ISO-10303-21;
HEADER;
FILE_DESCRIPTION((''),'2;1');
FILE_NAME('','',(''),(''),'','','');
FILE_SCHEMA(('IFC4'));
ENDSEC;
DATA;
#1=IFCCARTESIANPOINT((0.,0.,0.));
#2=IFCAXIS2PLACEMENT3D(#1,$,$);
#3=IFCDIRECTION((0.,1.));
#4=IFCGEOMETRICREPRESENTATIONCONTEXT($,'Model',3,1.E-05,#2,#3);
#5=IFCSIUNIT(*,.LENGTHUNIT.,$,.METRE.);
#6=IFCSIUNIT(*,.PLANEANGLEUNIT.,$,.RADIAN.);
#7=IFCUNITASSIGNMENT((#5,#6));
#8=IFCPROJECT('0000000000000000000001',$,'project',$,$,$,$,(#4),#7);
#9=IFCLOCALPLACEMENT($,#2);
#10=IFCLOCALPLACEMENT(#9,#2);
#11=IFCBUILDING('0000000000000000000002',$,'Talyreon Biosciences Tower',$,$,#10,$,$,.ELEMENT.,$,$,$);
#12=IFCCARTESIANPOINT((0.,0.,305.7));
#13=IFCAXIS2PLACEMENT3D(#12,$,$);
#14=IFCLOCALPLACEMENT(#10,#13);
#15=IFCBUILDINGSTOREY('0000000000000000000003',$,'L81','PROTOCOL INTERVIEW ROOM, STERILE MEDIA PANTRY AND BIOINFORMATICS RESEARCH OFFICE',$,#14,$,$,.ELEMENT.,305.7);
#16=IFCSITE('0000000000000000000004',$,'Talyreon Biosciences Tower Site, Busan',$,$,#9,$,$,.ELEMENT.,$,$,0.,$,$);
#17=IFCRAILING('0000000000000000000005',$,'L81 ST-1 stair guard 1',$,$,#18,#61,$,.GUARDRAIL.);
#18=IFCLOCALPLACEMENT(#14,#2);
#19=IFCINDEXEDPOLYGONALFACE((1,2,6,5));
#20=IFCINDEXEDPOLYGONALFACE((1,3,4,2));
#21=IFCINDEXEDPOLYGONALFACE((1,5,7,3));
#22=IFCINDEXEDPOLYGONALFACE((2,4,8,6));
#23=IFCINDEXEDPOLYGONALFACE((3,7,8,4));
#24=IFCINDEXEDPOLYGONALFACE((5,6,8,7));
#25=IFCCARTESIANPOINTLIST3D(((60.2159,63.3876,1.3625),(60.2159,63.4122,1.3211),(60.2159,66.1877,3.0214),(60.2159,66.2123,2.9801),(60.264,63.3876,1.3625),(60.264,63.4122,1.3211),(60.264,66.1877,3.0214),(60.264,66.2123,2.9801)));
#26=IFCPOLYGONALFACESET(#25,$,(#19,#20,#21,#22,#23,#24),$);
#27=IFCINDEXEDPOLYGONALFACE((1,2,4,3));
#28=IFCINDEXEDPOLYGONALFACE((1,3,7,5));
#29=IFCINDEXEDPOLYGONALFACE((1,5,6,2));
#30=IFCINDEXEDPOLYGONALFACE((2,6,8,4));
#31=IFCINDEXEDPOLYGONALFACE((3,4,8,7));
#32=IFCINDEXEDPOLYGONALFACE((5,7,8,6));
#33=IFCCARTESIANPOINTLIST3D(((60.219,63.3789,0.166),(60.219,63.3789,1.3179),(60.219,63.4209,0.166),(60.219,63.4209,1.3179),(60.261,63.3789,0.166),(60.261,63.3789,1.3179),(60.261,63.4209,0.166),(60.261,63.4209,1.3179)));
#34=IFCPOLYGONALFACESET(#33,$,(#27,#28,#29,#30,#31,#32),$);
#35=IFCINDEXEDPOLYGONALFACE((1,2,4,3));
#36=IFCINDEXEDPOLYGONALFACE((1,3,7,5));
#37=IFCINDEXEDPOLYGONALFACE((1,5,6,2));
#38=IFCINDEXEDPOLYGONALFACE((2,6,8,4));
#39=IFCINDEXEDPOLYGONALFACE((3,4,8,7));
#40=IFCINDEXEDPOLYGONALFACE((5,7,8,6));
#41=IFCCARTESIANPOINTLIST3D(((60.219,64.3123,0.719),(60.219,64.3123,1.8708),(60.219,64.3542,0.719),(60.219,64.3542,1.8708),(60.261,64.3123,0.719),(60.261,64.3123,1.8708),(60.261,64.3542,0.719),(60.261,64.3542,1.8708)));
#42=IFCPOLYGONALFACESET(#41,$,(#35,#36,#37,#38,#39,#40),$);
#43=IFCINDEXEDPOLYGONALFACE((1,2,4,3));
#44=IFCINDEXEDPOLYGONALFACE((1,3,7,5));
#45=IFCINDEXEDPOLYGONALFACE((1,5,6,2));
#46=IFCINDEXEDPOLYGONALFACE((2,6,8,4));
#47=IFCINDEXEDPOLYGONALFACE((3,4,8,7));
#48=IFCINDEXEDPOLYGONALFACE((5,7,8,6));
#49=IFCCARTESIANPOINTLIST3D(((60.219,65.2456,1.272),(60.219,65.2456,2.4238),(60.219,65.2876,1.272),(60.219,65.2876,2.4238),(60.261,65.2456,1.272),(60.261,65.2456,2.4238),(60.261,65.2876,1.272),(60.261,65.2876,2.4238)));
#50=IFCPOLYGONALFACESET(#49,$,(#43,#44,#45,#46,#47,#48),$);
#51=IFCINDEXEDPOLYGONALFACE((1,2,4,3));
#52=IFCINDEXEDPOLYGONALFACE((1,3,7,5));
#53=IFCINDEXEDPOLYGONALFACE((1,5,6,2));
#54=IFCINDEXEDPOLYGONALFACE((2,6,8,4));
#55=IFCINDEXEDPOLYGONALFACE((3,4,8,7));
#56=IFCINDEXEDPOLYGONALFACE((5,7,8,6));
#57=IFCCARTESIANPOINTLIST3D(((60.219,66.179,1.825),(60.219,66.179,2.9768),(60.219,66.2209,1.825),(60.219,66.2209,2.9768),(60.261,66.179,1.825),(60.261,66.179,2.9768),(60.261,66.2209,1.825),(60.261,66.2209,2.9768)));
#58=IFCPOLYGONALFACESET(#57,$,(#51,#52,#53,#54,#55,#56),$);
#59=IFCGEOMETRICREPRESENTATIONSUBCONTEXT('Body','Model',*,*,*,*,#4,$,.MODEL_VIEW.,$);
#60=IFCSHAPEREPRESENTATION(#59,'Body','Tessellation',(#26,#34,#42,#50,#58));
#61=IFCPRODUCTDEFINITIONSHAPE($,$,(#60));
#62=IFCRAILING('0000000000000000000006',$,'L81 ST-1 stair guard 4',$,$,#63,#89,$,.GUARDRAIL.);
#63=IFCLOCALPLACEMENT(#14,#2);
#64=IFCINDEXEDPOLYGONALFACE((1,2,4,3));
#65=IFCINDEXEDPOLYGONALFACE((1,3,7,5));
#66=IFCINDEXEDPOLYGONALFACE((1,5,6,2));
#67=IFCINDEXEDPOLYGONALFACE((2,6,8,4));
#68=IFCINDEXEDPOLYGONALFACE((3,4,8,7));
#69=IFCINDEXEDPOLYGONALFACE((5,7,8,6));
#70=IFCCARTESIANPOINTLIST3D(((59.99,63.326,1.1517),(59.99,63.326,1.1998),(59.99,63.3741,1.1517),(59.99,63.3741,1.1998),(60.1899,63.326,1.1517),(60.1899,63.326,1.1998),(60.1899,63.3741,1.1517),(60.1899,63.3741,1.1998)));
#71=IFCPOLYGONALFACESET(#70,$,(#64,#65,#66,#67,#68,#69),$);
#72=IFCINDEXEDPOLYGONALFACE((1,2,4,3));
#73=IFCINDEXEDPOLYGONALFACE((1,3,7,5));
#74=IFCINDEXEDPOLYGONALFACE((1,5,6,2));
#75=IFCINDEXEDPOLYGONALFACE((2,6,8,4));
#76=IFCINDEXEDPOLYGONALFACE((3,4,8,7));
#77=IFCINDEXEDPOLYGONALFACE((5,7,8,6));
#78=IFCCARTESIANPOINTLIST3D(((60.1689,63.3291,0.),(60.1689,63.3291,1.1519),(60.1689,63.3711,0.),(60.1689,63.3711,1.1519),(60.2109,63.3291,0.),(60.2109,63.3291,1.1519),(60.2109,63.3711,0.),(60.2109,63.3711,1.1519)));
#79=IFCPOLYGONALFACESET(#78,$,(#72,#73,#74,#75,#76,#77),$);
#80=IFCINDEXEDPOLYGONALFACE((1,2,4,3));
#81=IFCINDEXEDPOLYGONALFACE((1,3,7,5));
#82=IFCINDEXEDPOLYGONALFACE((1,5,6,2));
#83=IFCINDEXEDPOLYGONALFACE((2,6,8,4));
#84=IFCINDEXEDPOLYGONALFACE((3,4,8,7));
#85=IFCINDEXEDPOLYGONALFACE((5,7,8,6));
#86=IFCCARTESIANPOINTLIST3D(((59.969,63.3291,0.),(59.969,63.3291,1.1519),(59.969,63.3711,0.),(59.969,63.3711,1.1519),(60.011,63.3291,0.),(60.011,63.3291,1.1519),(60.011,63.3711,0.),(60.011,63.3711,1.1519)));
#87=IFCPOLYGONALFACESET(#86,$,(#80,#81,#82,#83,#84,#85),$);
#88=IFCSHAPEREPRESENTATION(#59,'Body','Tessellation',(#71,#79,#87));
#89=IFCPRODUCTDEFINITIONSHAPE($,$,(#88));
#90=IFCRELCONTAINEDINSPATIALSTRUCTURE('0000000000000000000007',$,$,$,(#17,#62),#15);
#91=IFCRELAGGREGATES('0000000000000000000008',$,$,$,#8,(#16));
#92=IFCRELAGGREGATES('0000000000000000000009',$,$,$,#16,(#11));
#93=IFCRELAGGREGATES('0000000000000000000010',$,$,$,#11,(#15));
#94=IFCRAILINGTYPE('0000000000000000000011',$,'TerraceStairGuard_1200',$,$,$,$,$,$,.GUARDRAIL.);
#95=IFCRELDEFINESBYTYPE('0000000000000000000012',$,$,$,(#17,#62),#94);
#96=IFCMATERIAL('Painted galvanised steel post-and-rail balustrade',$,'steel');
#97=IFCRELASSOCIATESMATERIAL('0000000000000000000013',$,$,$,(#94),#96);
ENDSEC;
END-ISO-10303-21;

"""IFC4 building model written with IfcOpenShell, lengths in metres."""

from ifc_helpers import new_model, si_unit, direction, frame, origin, origin_2d, place, context, subcontext, project, spatial, rectangle, extrude, material, type_object, element, save


model = new_model("IFC4")

# Units and contexts
model_context = context("Model", 3, precision=1e-05, world=origin(), true_north=direction((0.0, 1.0)))
body_context = subcontext(model_context, "Body", "Model", "MODEL_VIEW")
ifc_project = project(units=[si_unit("LENGTHUNIT", "METRE"), si_unit("PLANEANGLEUNIT", "RADIAN")], contexts=[model_context])

# Site, building, storey
site_placement = place(None, origin())
site = spatial("IfcSite", under=ifc_project, at=site_placement, Name="Talyreon Biosciences Tower Site, Busan", CompositionType="ELEMENT", RefElevation=0.0)
building_placement = place(site_placement, origin())
building = spatial("IfcBuilding", under=site, at=building_placement, Name="Talyreon Biosciences Tower", CompositionType="ELEMENT")
storey_placement = place(building_placement, frame((0.0, 0.0, 305.7)))
storey = spatial("IfcBuildingStorey", under=building, at=storey_placement, Name="L81", Description="PROTOCOL INTERVIEW ROOM, STERILE MEDIA PANTRY AND BIOINFORMATICS RESEARCH OFFICE", CompositionType="ELEMENT", Elevation=305.7)

# Railings
ifc_material_1 = material(Name="Painted galvanised steel post-and-rail balustrade", Category="steel")
railing_type_1 = type_object("IfcRailingType", Name="TerraceStairGuard_1200", PredefinedType="GUARDRAIL", material=ifc_material_1)
railing_1_placement = place(storey_placement, frame((60.24, 63.3999, 0.166)))
element("IfcRailing", 1, at=railing_1_placement, inside=storey, type_object=railing_type_1, Name="L81 ST-1 stair guard 1", PredefinedType="GUARDRAIL", context=body_context, shape_type="SweptSolid", body=[
    extrude(rectangle(XDim=0.0481, YDim=0.0481, at=origin_2d()), frame((0.0, 0.0, 1.1758), z_axis=(0.0, 0.860339, 0.509722), x_axis=(-1.0, 0.0, 0.0)), (0.0, 0.0, 1.0), 3.2546),
    extrude(rectangle(XDim=0.042, YDim=0.042, at=origin_2d()), origin(), (0.0, 0.0, 1.0), 1.1519),
    extrude(rectangle(XDim=0.042, YDim=0.042, at=origin_2d()), frame((0.0, 0.9333, 0.553)), (0.0, 0.0, 1.0), 1.1519),
    extrude(rectangle(XDim=0.042, YDim=0.042, at=origin_2d()), frame((0.0, 1.8667, 1.106)), (0.0, 0.0, 1.0), 1.1519),
    extrude(rectangle(XDim=0.042, YDim=0.042, at=origin_2d()), frame((0.0, 2.8, 1.6589)), (0.0, 0.0, 1.0), 1.1519),
])
railing_2_placement = place(storey_placement, frame((60.1899, 63.3501, 0.0)))
element("IfcRailing", 2, at=railing_2_placement, inside=storey, type_object=railing_type_1, Name="L81 ST-1 stair guard 4", PredefinedType="GUARDRAIL", context=body_context, shape_type="SweptSolid", body=[
    extrude(rectangle(XDim=0.0481, YDim=0.0481, at=origin_2d()), frame((0.0, 0.0, 1.1758), z_axis=(-1.0, 0.0, 0.0), x_axis=(0.0, -1.0, 0.0)), (0.0, 0.0, 1.0), 0.2),
    extrude(rectangle(XDim=0.042, YDim=0.042, at=origin_2d()), origin(), (0.0, 0.0, 1.0), 1.1519),
    extrude(rectangle(XDim=0.042, YDim=0.042, at=origin_2d()), frame((-0.2, 0.0, 0.0)), (0.0, 0.0, 1.0), 1.1519),
])

save(model, "model.ifc")
